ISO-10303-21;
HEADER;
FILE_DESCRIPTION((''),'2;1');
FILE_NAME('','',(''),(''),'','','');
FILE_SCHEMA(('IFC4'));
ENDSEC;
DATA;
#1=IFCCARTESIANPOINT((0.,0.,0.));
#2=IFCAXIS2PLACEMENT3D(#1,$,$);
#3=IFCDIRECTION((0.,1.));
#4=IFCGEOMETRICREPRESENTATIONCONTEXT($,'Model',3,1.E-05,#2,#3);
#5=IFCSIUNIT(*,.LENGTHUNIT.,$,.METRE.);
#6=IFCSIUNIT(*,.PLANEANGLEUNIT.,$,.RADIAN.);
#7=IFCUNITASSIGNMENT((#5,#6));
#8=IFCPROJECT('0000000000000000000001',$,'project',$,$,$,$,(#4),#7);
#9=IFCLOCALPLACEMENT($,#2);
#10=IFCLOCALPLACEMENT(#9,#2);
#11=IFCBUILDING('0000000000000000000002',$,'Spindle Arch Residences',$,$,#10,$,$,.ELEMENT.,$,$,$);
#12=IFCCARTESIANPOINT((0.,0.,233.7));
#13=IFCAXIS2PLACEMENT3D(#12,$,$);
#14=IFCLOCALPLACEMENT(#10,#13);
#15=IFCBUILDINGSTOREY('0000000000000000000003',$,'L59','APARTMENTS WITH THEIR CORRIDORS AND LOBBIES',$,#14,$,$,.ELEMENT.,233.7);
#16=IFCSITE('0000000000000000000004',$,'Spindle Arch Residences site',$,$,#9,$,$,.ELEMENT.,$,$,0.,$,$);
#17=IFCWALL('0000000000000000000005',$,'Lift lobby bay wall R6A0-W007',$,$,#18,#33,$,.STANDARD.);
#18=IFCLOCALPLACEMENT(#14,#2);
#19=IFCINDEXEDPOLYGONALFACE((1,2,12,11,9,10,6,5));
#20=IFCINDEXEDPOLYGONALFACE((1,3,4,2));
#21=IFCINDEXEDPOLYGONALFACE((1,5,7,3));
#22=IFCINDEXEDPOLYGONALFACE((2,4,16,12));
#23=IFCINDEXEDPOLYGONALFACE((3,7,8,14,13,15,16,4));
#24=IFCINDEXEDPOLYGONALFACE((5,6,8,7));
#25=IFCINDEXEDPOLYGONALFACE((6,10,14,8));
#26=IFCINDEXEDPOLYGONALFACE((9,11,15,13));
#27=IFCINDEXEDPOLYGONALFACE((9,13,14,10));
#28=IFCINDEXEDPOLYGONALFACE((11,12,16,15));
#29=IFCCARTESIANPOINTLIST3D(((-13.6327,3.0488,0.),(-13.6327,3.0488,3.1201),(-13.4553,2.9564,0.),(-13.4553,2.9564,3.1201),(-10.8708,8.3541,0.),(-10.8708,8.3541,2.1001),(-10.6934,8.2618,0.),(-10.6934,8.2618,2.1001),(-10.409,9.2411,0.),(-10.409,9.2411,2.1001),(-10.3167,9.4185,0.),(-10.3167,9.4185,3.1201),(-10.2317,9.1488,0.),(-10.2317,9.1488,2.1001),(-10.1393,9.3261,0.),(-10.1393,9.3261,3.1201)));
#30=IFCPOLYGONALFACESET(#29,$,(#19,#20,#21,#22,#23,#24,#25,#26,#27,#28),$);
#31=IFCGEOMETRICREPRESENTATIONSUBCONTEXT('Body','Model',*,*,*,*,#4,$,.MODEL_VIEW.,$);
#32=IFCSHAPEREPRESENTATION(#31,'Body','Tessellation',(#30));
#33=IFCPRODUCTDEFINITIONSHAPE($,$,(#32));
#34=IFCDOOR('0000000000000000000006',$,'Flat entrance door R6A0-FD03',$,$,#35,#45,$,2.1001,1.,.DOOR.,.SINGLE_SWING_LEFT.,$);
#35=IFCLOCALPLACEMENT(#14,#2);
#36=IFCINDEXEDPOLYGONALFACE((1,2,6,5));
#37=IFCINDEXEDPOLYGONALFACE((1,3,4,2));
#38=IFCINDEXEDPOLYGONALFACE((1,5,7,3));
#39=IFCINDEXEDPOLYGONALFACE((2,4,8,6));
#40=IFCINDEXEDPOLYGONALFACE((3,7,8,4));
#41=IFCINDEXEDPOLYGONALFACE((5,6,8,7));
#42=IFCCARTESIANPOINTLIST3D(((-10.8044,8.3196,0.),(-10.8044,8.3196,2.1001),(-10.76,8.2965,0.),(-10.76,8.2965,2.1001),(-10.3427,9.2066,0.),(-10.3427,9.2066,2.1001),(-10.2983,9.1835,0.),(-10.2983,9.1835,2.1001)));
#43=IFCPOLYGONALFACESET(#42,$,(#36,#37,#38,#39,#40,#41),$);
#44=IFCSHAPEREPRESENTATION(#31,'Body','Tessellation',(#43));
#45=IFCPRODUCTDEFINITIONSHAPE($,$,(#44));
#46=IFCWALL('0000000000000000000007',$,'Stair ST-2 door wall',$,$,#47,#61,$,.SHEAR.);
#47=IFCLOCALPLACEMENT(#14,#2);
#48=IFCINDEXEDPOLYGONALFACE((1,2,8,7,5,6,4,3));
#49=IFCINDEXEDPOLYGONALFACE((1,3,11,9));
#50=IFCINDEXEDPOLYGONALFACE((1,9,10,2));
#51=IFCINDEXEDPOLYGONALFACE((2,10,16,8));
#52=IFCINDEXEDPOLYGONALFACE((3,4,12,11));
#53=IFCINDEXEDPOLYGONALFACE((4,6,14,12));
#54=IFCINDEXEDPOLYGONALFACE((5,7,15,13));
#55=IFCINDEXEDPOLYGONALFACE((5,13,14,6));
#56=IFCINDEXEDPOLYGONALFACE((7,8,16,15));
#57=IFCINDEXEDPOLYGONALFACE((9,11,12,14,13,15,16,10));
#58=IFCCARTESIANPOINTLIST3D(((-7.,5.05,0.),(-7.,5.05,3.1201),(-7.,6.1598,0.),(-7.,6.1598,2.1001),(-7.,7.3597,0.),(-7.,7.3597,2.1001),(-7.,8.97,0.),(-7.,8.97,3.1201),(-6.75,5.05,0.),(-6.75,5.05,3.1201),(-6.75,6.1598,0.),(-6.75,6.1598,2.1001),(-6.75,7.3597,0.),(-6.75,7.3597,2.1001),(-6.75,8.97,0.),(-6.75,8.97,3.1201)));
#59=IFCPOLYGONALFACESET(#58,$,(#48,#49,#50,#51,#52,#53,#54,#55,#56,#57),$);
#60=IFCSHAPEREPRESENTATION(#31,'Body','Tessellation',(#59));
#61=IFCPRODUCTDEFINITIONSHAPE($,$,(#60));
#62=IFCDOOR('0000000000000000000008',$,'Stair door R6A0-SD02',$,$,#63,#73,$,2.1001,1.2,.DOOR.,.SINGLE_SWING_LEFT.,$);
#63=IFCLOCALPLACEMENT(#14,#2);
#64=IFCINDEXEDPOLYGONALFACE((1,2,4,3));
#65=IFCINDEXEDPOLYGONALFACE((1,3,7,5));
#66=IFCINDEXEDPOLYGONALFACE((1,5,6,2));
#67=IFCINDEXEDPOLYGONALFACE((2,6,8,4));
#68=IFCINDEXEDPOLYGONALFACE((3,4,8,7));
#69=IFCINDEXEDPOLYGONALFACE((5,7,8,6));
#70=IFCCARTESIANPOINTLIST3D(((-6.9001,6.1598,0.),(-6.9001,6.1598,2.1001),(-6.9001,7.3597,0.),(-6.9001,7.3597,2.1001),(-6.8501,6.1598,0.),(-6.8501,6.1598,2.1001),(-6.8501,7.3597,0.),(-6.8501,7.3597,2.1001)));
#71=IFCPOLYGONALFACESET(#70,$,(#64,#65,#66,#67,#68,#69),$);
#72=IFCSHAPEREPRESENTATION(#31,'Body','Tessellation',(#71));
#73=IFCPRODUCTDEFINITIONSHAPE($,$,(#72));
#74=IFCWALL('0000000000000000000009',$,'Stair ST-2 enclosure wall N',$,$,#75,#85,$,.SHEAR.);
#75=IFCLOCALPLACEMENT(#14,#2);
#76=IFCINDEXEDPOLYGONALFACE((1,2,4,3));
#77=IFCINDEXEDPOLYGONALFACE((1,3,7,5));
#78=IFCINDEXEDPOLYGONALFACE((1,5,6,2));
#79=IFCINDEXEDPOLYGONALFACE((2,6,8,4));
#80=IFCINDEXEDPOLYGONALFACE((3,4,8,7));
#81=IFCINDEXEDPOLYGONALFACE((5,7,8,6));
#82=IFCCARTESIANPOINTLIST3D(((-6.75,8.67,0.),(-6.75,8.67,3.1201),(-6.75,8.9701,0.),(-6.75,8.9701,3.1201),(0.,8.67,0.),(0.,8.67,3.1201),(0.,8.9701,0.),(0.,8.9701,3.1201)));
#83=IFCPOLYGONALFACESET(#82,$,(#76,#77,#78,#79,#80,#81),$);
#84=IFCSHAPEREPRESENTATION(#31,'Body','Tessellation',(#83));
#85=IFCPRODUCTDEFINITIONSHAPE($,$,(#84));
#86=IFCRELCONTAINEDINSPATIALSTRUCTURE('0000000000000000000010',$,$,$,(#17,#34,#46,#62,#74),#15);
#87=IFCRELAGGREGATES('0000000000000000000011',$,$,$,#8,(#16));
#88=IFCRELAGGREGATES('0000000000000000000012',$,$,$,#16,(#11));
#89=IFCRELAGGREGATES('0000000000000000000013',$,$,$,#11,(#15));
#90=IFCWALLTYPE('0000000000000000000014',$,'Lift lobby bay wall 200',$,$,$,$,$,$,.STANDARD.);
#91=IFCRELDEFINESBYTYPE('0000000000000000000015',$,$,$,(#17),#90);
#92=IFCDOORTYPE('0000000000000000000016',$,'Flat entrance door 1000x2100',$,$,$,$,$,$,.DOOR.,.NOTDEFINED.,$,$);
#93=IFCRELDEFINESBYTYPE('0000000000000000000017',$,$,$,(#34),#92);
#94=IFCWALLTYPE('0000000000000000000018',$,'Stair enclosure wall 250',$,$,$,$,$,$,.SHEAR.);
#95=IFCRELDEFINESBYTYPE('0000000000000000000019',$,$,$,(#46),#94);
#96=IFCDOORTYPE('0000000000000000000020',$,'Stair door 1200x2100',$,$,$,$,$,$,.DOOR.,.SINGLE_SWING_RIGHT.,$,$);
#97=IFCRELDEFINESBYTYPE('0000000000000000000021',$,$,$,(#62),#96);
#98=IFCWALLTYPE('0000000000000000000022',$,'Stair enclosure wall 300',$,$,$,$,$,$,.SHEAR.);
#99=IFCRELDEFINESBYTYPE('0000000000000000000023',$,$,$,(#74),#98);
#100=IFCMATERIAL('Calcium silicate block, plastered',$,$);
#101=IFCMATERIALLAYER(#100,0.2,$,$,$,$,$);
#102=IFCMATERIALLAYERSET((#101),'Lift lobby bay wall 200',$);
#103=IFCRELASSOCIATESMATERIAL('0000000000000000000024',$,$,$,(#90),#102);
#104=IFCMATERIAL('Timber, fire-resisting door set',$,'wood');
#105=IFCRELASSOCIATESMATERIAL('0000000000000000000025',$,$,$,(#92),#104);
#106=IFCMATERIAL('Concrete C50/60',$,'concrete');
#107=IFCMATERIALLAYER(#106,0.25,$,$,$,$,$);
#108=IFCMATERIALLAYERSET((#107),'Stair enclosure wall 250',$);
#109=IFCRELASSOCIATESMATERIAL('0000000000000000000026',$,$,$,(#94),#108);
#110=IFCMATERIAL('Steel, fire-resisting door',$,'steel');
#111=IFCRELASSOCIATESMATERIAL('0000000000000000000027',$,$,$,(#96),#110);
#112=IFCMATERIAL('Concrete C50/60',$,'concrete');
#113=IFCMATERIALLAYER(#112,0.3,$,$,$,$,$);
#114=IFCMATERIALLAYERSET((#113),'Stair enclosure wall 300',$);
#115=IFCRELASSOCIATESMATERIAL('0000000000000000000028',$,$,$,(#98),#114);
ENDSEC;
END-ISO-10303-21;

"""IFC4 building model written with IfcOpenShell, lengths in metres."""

from ifc_helpers import new_model, si_unit, direction, frame, frame_2d, origin, place, context, subcontext, project, spatial, rectangle, extrude, material, layer, layer_set, type_object, element, fill, save


model = new_model("IFC4")

# Units and contexts
model_context = context("Model", 3, precision=1e-05, world=origin(), true_north=direction((0.0, 1.0)))
body_context = subcontext(model_context, "Body", "Model", "MODEL_VIEW")
ifc_project = project(units=[si_unit("LENGTHUNIT", "METRE"), si_unit("PLANEANGLEUNIT", "RADIAN")], contexts=[model_context])

# Site, building, storey
site_placement = place(None, origin())
site = spatial("IfcSite", under=ifc_project, at=site_placement, Name="Spindle Arch Residences site", CompositionType="ELEMENT", RefElevation=0.0)
building_placement = place(site_placement, origin())
building = spatial("IfcBuilding", under=site, at=building_placement, Name="Spindle Arch Residences", CompositionType="ELEMENT")
storey_placement = place(building_placement, frame((0.0, 0.0, 233.7)))
storey = spatial("IfcBuildingStorey", under=building, at=storey_placement, Name="L59", Description="APARTMENTS WITH THEIR CORRIDORS AND LOBBIES", CompositionType="ELEMENT", Elevation=233.7)

# Walls, openings, doors
ifc_material_1 = material(Name="Calcium silicate block, plastered")
ifc_layer_1 = layer(ifc_material_1, 0.2)
ifc_layer_set_1 = layer_set([ifc_layer_1], Name="Lift lobby bay wall 200")
wall_type_1 = type_object("IfcWallType", Name="Lift lobby bay wall 200", PredefinedType="STANDARD", material=ifc_layer_set_1)
wall_1_placement = place(storey_placement, frame((-10.228, 9.3723, 0.0), z_axis=(0.0, 0.0, 1.0), x_axis=(-0.461759, -0.887005, 0.0)))
wall_1 = element("IfcWall", 1, at=wall_1_placement, inside=storey, type_object=wall_type_1, Name="Lift lobby bay wall R6A0-W007", PredefinedType="STANDARD", context=body_context, shape_type="SweptSolid", body=[
    extrude(rectangle(XDim=7.1812, YDim=0.2, at=frame_2d((3.5906, 0.0))), origin(), (0.0, 0.0, 1.0), 3.1201),
])
opening_1_placement = place(wall_1_placement, frame((0.2, 0.0, 0.0)))
opening_1 = element("IfcOpeningElement", 2, at=opening_1_placement, cuts=wall_1, PredefinedType="OPENING", context=body_context, shape_type="SweptSolid", body=[
    extrude(rectangle(XDim=1.0, YDim=2.1001, at=frame_2d((0.5, 1.05))), frame((0.0, 0.1099, 0.0), z_axis=(0.0, -1.0, 0.0), x_axis=(1.0, 0.0, 0.0)), (0.0, 0.0, 1.0), 0.22),
])
ifc_material_2 = material(Name="Timber, fire-resisting door set", Category="wood")
door_type_1 = type_object("IfcDoorType", Name="Flat entrance door 1000x2100", OperationType="NOTDEFINED", PredefinedType="DOOR", material=ifc_material_2)
door_1_placement = place(opening_1_placement, origin())
door_1 = element("IfcDoor", 3, at=door_1_placement, inside=storey, type_object=door_type_1, Name="Flat entrance door R6A0-FD03", OperationType="SINGLE_SWING_LEFT", OverallHeight=2.1001, OverallWidth=1.0, PredefinedType="DOOR", context=body_context, shape_type="SweptSolid", body=[
    extrude(rectangle(XDim=1.0, YDim=2.1001, at=frame_2d((0.5, 1.05))), frame((0.0, 0.0249, 0.0), z_axis=(0.0, -1.0, 0.0), x_axis=(1.0, 0.0, 0.0)), (0.0, 0.0, 1.0), 0.05),
])
fill(opening_1, door_1)
ifc_material_3 = material(Name="Concrete C50/60", Category="concrete")
ifc_layer_2 = layer(ifc_material_3, 0.25)
ifc_layer_set_2 = layer_set([ifc_layer_2], Name="Stair enclosure wall 250")
wall_type_2 = type_object("IfcWallType", Name="Stair enclosure wall 250", PredefinedType="SHEAR", material=ifc_layer_set_2)
wall_2_placement = place(storey_placement, frame((-6.875, 8.97, 0.0), z_axis=(0.0, 0.0, 1.0), x_axis=(0.0, -1.0, 0.0)))
wall_2 = element("IfcWall", 4, at=wall_2_placement, inside=storey, type_object=wall_type_2, Name="Stair ST-2 door wall", PredefinedType="SHEAR", context=body_context, shape_type="SweptSolid", body=[
    extrude(rectangle(XDim=3.9199, YDim=0.25, at=frame_2d((1.96, 0.0))), origin(), (0.0, 0.0, 1.0), 3.1201),
])
opening_2_placement = place(wall_2_placement, frame((1.6101, 0.0, 0.0)))
opening_2 = element("IfcOpeningElement", 5, at=opening_2_placement, cuts=wall_2, PredefinedType="OPENING", context=body_context, shape_type="SweptSolid", body=[
    extrude(rectangle(XDim=1.2, YDim=2.1001, at=frame_2d((0.6001, 1.05))), frame((0.0, 0.135, 0.0), z_axis=(0.0, -1.0, 0.0), x_axis=(1.0, 0.0, 0.0)), (0.0, 0.0, 1.0), 0.27),
])
ifc_material_4 = material(Name="Steel, fire-resisting door", Category="steel")
door_type_2 = type_object("IfcDoorType", Name="Stair door 1200x2100", OperationType="SINGLE_SWING_RIGHT", PredefinedType="DOOR", material=ifc_material_4)
door_2_placement = place(opening_2_placement, origin())
door_2 = element("IfcDoor", 6, at=door_2_placement, inside=storey, type_object=door_type_2, Name="Stair door R6A0-SD02", OperationType="SINGLE_SWING_LEFT", OverallHeight=2.1001, OverallWidth=1.2, PredefinedType="DOOR", context=body_context, shape_type="SweptSolid", body=[
    extrude(rectangle(XDim=1.2, YDim=2.1001, at=frame_2d((0.6001, 1.05))), frame((0.0, 0.0249, 0.0), z_axis=(0.0, -1.0, 0.0), x_axis=(1.0, 0.0, 0.0)), (0.0, 0.0, 1.0), 0.05),
])
fill(opening_2, door_2)

# Wall
ifc_material_5 = material(Name="Concrete C50/60", Category="concrete")
ifc_layer_3 = layer(ifc_material_5, 0.3)
ifc_layer_set_3 = layer_set([ifc_layer_3], Name="Stair enclosure wall 300")
wall_type_3 = type_object("IfcWallType", Name="Stair enclosure wall 300", PredefinedType="SHEAR", material=ifc_layer_set_3)
wall_3_placement = place(storey_placement, frame((-6.75, 8.8201, 0.0), z_axis=(0.0, 0.0, 1.0), x_axis=(1.0, 0.0, 0.0)))
element("IfcWall", 7, at=wall_3_placement, inside=storey, type_object=wall_type_3, Name="Stair ST-2 enclosure wall N", PredefinedType="SHEAR", context=body_context, shape_type="SweptSolid", body=[
    extrude(rectangle(XDim=6.75, YDim=0.3, at=frame_2d((3.375, 0.0))), origin(), (0.0, 0.0, 1.0), 3.1201),
])

save(model, "model.ifc")
